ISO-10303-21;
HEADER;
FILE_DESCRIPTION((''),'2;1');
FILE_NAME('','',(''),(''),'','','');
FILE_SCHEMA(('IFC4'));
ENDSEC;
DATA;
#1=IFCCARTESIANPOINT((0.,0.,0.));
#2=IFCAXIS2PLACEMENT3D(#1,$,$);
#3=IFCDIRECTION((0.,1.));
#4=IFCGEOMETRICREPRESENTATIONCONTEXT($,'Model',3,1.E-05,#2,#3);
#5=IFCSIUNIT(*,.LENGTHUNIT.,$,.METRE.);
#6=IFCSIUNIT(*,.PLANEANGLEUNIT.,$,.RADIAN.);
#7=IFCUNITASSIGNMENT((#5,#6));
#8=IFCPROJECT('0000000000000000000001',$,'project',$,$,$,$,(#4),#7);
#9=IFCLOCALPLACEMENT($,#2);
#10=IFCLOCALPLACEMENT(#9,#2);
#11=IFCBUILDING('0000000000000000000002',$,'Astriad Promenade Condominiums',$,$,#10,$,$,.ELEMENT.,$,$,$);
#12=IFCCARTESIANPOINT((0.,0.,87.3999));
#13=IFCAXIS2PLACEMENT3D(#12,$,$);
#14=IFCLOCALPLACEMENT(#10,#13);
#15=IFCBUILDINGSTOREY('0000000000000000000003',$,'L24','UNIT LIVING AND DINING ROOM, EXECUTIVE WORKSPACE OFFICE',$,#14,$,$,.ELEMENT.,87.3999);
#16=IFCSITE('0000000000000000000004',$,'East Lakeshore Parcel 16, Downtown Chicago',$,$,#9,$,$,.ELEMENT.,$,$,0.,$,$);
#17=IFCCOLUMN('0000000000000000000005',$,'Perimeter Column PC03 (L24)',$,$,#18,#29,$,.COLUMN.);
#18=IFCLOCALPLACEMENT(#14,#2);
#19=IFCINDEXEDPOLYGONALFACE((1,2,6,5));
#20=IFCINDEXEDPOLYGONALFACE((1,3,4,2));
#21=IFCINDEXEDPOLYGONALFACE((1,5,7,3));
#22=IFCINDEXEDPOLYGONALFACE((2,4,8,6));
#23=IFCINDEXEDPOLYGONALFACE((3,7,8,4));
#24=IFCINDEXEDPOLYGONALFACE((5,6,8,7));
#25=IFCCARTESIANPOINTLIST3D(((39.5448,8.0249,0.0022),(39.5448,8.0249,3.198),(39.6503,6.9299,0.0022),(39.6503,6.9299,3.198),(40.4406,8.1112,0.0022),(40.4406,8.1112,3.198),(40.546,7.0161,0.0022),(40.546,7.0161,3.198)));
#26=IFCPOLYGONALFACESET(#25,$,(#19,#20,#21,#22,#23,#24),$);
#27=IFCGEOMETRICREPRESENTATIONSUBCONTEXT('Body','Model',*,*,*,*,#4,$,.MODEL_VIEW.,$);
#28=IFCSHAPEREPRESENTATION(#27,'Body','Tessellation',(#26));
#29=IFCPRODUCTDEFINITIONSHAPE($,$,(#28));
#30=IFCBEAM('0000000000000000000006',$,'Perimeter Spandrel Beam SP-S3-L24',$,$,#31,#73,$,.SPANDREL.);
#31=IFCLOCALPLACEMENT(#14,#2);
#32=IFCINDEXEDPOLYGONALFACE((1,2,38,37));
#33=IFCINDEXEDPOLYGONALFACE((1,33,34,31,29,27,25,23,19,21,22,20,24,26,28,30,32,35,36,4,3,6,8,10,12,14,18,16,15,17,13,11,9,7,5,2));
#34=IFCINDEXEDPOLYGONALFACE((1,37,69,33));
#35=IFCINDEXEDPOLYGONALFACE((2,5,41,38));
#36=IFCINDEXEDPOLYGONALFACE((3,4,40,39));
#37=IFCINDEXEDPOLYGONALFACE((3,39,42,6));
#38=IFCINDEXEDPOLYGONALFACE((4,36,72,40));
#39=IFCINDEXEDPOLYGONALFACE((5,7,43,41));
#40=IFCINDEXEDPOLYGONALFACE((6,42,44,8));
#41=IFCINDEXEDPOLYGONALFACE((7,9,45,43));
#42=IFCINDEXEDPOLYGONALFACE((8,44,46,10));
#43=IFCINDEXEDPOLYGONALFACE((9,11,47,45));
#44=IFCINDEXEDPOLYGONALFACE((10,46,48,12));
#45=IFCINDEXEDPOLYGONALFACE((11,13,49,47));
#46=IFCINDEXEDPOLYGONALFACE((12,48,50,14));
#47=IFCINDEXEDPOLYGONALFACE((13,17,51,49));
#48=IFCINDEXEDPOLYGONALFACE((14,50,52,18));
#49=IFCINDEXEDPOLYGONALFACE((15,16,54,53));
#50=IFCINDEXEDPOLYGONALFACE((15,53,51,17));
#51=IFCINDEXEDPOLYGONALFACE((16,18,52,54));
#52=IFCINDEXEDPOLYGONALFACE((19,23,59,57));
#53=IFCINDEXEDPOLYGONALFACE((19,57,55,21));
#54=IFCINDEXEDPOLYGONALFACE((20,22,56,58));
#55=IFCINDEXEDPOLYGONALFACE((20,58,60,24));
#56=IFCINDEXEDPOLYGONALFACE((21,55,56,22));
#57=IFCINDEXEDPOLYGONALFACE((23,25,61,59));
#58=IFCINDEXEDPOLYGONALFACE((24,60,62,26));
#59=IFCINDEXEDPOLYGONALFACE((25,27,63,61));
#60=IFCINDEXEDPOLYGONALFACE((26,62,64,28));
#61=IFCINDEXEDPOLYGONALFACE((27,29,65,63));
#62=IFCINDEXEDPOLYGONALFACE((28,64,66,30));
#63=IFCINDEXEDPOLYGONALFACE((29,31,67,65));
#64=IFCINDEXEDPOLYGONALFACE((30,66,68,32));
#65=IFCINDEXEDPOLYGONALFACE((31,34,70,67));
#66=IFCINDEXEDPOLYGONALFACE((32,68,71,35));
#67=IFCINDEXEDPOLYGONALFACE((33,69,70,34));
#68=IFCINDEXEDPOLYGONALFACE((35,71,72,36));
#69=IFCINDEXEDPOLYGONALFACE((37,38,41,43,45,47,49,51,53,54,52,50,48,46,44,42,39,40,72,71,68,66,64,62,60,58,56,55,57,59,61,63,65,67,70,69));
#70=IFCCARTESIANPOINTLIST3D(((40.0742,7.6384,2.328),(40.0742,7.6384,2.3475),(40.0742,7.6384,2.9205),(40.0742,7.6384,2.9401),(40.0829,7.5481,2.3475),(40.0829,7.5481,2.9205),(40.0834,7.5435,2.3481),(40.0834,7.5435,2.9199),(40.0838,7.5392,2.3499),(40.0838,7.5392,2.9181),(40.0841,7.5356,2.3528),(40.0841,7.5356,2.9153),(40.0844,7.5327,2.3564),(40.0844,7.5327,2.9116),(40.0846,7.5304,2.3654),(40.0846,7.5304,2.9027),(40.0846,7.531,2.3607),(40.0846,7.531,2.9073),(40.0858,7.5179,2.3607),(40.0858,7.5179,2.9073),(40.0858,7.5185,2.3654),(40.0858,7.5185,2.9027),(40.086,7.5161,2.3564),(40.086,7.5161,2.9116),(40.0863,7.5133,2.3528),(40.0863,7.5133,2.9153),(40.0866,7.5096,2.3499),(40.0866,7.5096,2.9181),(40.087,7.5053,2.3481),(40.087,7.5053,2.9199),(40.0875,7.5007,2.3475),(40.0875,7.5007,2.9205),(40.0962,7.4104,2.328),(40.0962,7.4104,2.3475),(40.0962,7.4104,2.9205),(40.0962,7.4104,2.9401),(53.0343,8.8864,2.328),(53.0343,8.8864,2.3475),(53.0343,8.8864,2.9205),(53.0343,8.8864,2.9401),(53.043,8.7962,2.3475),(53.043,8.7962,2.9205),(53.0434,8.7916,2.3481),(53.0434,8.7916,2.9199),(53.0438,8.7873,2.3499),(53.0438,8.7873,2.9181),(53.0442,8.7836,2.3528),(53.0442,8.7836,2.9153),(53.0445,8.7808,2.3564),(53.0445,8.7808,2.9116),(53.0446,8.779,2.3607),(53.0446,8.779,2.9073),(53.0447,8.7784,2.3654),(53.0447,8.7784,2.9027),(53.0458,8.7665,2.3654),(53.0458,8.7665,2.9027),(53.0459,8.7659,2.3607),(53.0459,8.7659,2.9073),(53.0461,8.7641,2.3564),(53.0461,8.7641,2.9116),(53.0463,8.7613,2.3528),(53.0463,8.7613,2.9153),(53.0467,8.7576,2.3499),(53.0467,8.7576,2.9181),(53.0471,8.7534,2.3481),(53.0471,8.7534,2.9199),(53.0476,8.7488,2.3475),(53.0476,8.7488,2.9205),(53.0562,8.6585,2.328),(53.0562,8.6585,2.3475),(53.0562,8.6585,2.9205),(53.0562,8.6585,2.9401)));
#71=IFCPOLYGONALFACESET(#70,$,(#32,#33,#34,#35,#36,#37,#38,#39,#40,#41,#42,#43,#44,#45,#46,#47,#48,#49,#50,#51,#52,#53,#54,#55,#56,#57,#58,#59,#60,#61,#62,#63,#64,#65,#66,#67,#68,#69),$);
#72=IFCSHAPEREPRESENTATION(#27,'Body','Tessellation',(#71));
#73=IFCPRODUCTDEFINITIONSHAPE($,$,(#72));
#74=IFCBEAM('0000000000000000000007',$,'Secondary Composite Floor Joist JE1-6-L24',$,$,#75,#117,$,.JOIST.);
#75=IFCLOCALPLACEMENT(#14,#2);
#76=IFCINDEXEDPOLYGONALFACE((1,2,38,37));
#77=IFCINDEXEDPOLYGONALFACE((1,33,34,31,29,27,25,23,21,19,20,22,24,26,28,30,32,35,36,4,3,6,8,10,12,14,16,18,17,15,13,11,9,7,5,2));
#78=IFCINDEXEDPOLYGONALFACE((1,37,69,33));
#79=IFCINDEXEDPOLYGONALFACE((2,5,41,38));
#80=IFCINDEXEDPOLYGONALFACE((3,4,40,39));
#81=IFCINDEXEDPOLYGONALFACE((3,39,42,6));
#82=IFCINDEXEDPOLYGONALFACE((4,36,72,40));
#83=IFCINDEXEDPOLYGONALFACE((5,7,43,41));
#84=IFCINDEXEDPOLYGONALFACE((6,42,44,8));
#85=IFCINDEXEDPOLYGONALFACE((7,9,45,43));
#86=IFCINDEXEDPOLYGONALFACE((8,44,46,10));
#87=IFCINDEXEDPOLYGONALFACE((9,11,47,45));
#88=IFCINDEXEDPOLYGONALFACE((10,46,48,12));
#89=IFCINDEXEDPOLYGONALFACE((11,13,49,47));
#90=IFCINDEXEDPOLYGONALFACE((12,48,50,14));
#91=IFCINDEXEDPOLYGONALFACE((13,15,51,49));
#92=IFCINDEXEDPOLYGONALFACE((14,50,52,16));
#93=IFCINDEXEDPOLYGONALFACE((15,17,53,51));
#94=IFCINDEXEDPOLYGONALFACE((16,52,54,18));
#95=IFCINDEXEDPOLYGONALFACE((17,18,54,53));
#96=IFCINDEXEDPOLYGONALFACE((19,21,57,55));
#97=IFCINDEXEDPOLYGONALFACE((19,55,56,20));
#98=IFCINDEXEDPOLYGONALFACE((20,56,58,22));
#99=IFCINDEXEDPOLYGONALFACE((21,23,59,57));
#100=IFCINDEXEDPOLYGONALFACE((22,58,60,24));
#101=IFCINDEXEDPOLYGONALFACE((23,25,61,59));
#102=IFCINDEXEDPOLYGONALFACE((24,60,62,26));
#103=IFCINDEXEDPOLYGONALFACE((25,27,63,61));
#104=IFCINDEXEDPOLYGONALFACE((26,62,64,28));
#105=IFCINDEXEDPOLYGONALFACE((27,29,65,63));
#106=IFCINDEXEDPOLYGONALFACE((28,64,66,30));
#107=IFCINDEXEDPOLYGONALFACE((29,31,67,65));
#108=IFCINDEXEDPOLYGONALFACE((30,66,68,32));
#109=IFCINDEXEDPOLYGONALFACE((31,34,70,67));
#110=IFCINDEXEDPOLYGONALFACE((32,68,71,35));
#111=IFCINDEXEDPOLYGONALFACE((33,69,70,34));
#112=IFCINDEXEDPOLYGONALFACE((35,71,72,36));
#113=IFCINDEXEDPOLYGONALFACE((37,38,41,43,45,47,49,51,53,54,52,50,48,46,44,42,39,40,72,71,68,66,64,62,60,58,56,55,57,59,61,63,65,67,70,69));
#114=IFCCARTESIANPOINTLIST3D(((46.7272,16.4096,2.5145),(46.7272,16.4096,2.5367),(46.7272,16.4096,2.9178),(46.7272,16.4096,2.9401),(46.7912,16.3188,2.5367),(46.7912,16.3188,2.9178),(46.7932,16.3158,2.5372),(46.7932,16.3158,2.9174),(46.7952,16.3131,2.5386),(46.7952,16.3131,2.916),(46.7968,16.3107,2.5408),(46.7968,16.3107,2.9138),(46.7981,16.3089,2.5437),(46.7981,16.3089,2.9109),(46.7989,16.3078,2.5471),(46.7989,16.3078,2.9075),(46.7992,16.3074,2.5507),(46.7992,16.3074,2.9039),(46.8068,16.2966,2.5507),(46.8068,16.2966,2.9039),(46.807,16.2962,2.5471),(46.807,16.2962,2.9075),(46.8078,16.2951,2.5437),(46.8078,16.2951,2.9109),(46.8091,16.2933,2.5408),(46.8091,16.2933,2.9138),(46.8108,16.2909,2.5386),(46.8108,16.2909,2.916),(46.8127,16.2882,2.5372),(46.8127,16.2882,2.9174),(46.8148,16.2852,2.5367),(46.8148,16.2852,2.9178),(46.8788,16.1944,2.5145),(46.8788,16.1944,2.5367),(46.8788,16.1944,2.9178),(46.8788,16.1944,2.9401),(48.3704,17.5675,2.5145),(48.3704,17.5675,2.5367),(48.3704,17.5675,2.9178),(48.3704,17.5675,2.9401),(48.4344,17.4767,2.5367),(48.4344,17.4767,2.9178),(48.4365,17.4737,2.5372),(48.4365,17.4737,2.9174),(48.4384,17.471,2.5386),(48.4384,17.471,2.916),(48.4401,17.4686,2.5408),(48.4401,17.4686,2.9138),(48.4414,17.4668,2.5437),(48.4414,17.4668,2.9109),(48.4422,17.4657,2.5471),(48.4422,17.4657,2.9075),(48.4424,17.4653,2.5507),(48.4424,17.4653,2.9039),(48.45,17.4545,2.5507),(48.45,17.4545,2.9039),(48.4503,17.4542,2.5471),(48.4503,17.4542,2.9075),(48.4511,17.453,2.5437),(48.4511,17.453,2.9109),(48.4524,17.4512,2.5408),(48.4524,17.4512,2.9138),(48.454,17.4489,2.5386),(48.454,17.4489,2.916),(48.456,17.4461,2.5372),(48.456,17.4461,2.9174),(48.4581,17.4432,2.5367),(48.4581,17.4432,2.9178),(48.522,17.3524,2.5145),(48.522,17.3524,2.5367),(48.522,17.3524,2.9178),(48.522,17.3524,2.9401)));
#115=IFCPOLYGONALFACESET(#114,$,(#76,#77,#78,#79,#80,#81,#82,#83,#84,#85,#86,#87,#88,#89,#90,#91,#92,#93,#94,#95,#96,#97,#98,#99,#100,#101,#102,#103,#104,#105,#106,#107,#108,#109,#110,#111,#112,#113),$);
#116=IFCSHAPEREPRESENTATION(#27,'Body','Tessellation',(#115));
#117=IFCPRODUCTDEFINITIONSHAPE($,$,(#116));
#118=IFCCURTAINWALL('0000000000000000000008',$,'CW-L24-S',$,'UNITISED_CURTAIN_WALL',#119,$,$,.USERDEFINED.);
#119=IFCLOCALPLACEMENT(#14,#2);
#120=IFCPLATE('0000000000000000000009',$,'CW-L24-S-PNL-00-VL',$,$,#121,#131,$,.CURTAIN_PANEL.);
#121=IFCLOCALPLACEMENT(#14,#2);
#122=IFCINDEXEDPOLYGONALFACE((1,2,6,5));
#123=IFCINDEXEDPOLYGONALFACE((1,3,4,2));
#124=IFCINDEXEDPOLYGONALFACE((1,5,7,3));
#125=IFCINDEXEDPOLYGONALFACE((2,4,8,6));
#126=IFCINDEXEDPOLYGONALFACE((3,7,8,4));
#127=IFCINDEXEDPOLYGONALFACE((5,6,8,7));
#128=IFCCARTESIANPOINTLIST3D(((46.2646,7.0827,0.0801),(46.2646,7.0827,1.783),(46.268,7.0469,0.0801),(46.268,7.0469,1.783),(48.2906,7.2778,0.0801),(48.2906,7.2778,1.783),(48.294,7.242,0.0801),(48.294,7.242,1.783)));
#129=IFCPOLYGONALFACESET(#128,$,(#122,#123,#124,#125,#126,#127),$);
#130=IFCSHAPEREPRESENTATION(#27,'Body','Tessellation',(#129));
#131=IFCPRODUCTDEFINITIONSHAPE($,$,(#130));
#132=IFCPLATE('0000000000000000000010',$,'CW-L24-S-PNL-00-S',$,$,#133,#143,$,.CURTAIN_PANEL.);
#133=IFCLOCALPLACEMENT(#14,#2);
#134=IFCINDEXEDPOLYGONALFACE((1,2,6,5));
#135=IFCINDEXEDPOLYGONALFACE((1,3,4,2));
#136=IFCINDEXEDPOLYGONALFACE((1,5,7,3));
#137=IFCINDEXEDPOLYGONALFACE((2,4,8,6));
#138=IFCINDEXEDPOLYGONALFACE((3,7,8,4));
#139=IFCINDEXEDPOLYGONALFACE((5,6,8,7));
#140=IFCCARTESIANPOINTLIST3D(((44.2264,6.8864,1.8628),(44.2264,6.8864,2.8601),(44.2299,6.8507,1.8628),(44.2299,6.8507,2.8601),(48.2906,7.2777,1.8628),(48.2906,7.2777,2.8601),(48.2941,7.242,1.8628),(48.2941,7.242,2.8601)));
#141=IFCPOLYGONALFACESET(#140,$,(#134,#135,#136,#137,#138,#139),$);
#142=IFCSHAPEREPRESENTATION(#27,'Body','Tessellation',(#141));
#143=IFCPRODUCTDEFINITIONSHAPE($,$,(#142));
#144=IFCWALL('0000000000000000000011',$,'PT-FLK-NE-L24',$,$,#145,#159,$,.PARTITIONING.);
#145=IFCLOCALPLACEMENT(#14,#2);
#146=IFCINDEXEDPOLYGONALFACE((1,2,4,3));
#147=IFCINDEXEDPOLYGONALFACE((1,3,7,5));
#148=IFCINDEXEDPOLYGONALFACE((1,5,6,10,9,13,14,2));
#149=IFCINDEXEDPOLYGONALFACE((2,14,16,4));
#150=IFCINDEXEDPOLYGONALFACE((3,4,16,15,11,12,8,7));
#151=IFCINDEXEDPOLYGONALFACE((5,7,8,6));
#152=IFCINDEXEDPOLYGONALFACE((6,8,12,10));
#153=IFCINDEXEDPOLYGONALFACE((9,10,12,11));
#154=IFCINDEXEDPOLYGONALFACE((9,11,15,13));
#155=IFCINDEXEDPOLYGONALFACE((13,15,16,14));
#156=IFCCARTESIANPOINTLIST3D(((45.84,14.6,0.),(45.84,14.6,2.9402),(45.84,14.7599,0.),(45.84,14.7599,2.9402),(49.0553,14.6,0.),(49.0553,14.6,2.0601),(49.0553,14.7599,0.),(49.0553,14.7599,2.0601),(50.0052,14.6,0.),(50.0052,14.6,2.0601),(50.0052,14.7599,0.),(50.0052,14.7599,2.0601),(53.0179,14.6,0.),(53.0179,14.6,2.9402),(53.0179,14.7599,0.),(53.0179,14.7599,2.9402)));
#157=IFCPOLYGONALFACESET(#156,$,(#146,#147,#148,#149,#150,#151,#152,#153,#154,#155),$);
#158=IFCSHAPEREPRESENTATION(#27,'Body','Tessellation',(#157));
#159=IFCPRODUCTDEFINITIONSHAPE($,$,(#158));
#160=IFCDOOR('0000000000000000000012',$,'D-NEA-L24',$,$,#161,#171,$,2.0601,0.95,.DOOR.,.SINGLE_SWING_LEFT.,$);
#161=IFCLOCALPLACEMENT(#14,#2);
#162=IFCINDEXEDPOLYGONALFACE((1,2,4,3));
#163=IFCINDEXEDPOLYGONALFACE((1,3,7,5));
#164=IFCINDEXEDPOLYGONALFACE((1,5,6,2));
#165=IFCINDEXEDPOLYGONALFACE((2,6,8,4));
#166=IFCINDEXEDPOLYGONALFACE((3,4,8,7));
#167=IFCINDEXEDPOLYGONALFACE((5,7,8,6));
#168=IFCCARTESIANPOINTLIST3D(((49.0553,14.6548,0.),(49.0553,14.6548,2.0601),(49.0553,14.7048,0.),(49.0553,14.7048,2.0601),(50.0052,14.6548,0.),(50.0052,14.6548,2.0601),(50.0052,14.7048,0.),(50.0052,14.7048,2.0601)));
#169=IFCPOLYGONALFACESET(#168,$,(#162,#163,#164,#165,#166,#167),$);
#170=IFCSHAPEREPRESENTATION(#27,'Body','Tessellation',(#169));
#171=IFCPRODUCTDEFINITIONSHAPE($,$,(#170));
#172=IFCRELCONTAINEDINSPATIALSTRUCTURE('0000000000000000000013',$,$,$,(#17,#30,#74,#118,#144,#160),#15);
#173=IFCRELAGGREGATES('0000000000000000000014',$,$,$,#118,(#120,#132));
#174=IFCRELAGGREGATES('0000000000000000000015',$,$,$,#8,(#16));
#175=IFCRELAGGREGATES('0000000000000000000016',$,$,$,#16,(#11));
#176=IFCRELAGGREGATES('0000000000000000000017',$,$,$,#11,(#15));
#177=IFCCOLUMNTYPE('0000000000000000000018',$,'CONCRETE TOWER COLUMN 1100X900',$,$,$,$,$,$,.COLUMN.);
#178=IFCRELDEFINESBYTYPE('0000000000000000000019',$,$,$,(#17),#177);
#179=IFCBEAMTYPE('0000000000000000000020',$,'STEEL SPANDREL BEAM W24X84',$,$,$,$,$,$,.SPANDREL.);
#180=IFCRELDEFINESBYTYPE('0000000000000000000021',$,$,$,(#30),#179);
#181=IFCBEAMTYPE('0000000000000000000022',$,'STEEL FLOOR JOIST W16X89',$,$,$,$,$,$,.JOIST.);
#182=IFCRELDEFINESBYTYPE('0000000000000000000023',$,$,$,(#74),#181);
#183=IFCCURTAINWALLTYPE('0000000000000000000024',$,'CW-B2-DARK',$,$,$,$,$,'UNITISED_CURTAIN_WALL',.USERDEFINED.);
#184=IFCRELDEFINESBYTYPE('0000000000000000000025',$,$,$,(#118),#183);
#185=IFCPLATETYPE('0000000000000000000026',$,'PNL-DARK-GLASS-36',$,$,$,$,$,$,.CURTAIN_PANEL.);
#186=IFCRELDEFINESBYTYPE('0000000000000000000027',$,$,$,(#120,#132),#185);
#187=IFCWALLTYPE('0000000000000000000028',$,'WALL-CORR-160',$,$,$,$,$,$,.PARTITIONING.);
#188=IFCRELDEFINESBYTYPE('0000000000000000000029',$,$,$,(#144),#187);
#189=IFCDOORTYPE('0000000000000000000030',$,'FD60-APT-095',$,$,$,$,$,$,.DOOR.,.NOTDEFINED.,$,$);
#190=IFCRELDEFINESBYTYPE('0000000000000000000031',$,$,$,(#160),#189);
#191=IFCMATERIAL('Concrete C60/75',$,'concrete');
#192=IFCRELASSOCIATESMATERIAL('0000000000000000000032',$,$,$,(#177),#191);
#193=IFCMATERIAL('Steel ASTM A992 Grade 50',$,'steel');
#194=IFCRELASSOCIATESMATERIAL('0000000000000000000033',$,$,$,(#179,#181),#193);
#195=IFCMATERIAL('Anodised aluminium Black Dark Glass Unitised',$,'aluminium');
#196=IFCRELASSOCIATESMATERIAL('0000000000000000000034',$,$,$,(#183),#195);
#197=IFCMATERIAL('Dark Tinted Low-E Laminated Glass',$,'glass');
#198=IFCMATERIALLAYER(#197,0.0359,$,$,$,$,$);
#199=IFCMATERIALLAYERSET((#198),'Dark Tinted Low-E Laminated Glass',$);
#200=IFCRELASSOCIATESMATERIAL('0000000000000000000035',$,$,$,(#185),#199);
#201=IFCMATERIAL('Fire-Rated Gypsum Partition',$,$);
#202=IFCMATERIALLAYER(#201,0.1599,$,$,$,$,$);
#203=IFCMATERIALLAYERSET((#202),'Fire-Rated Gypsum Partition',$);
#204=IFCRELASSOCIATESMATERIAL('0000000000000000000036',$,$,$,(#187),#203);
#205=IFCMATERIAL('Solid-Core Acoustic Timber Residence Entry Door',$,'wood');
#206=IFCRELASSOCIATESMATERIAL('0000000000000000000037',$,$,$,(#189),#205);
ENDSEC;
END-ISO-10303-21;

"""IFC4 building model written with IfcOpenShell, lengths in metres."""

from ifc_helpers import new_model, si_unit, direction, frame, frame_2d, origin, origin_2d, place, context, subcontext, project, spatial, rectangle, i_section, extrude, source, transform, mapped, material, layer, layer_set, material_profile, profile_set, type_object, type_shapes, element, fill, aggregate, save


model = new_model("IFC4")

# Units and contexts
model_context = context("Model", 3, precision=1e-05, world=origin(), true_north=direction((0.0, 1.0)))
body_context = subcontext(model_context, "Body", "Model", "MODEL_VIEW")
ifc_project = project(units=[si_unit("LENGTHUNIT", "METRE"), si_unit("PLANEANGLEUNIT", "RADIAN")], contexts=[model_context])

# Site, building, storey
site_placement = place(None, origin())
site = spatial("IfcSite", under=ifc_project, at=site_placement, Name="East Lakeshore Parcel 16, Downtown Chicago", CompositionType="ELEMENT", RefElevation=0.0)
building_placement = place(site_placement, origin())
building = spatial("IfcBuilding", under=site, at=building_placement, Name="Astriad Promenade Condominiums", CompositionType="ELEMENT")
storey_placement = place(building_placement, frame((0.0, 0.0, 87.3999)))
storey = spatial("IfcBuildingStorey", under=building, at=storey_placement, Name="L24", Description="UNIT LIVING AND DINING ROOM, EXECUTIVE WORKSPACE OFFICE", CompositionType="ELEMENT", Elevation=87.3999)

# Column
ifc_material_1 = material(Name="Concrete C60/75", Category="concrete")
ifc_material_profile_1 = material_profile(ifc_material_1, rectangle(XDim=0.8999, YDim=1.1001, at=origin_2d()), Name="RC-COL-1100X900")
ifc_profile_set_1 = profile_set([ifc_material_profile_1], Name="Concrete C60/75")
column_type = type_object("IfcColumnType", Name="CONCRETE TOWER COLUMN 1100X900", PredefinedType="COLUMN", material=ifc_profile_set_1)
shared_shape_1 = source(origin(), body_context, "Body", "SweptSolid", [
    extrude(rectangle(XDim=0.8999, YDim=1.1001, at=origin_2d()), origin(), (0.0, 0.0, 1.0), 3.1958),
])
type_shapes(column_type, [shared_shape_1])
column_placement = place(storey_placement, frame((40.0454, 7.5205, 0.0022), z_axis=(0.0, 0.0, 1.0), x_axis=(0.995396, 0.095846, 0.0)))
element("IfcColumn", 1, at=column_placement, inside=storey, type_object=column_type, Name="Perimeter Column PC03 (L24)", PredefinedType="COLUMN", context=body_context, shape_type="MappedRepresentation", body=[
    mapped(shared_shape_1, transform((0.0, 0.0, 0.0), scale=1.0)),
])

# Beams
ifc_material_2 = material(Name="Steel ASTM A992 Grade 50", Category="steel")
ifc_material_profile_2 = material_profile(ifc_material_2, i_section(OverallWidth=0.229, OverallDepth=0.6121, WebThickness=0.012, FlangeThickness=0.0195, FilletRadius=0.0178, at=origin_2d()), Name="W24X84")
ifc_profile_set_2 = profile_set([ifc_material_profile_2], Name="Steel ASTM A992 Grade 50")
beam_type_1 = type_object("IfcBeamType", Name="STEEL SPANDREL BEAM W24X84", PredefinedType="SPANDREL", material=ifc_profile_set_2)
shared_shape_2 = source(origin(), body_context, "Body", "SweptSolid", [
    extrude(i_section(OverallWidth=0.229, OverallDepth=0.6121, WebThickness=0.012, FlangeThickness=0.0195, FilletRadius=0.0178, at=origin_2d()), origin(), (0.0, 0.0, 1.0), 13.02),
])
type_shapes(beam_type_1, [shared_shape_2])
beam_1_placement = place(storey_placement, frame((40.0852, 7.5244, 2.634), z_axis=(0.995395, 0.095857, 0.0), x_axis=(-0.095857, 0.995395, 0.0)))
element("IfcBeam", 2, at=beam_1_placement, inside=storey, type_object=beam_type_1, Name="Perimeter Spandrel Beam SP-S3-L24", PredefinedType="SPANDREL", context=body_context, shape_type="MappedRepresentation", body=[
    mapped(shared_shape_2, transform((0.0, 0.0, 0.0), scale=1.0)),
])
ifc_material_profile_3 = material_profile(ifc_material_2, i_section(OverallWidth=0.2632, OverallDepth=0.4255, WebThickness=0.0132, FlangeThickness=0.0222, FilletRadius=0.0139, at=origin_2d()), Name="W16X89")
ifc_profile_set_3 = profile_set([ifc_material_profile_3], Name="Steel ASTM A992 Grade 50")
beam_type_2 = type_object("IfcBeamType", Name="STEEL FLOOR JOIST W16X89", PredefinedType="JOIST", material=ifc_profile_set_3)
shared_shape_3 = source(origin(), body_context, "Body", "SweptSolid", [
    extrude(i_section(OverallWidth=0.2632, OverallDepth=0.4255, WebThickness=0.0132, FlangeThickness=0.0222, FilletRadius=0.0139, at=origin_2d()), origin(), (0.0, 0.0, 1.0), 2.0103),
])
type_shapes(beam_type_2, [shared_shape_3])
beam_2_placement = place(storey_placement, frame((46.803, 16.302, 2.7273), z_axis=(0.817442, 0.576011, 0.0), x_axis=(-0.576011, 0.817442, 0.0)))
element("IfcBeam", 3, at=beam_2_placement, inside=storey, type_object=beam_type_2, Name="Secondary Composite Floor Joist JE1-6-L24", PredefinedType="JOIST", context=body_context, shape_type="MappedRepresentation", body=[
    mapped(shared_shape_3, transform((0.0, 0.0, 0.0), scale=1.0)),
])

# Curtain wall, plates
ifc_material_3 = material(Name="Anodised aluminium Black Dark Glass Unitised", Category="aluminium")
curtain_wall_type = type_object("IfcCurtainWallType", Name="CW-B2-DARK", ElementType="UNITISED_CURTAIN_WALL", PredefinedType="USERDEFINED", material=ifc_material_3)
curtain_wall_placement = place(storey_placement, origin())
curtain_wall = element("IfcCurtainWall", 4, at=curtain_wall_placement, inside=storey, type_object=curtain_wall_type, Name="CW-L24-S", ObjectType="UNITISED_CURTAIN_WALL", PredefinedType="USERDEFINED")
ifc_material_4 = material(Name="Dark Tinted Low-E Laminated Glass", Category="glass")
ifc_layer_1 = layer(ifc_material_4, 0.0359)
ifc_layer_set_1 = layer_set([ifc_layer_1], Name="Dark Tinted Low-E Laminated Glass")
plate_type = type_object("IfcPlateType", Name="PNL-DARK-GLASS-36", PredefinedType="CURTAIN_PANEL", material=ifc_layer_set_1)
shared_shape_4 = source(origin(), body_context, "Body", "SweptSolid", [
    extrude(rectangle(XDim=2.0354, YDim=0.0359, at=origin_2d()), origin(), (0.0, 0.0, 1.0), 1.7029),
])
plate_1_placement = place(storey_placement, frame((47.2793, 7.1624, 0.0801), z_axis=(0.0, 0.0, 1.0), x_axis=(-0.995396, -0.095846, 0.0)))
plate_1 = element("IfcPlate", 5, at=plate_1_placement, type_object=plate_type, Name="CW-L24-S-PNL-00-VL", PredefinedType="CURTAIN_PANEL", context=body_context, shape_type="MappedRepresentation", body=[
    mapped(shared_shape_4, transform((0.0, 0.0, 0.0), scale=1.0)),
])
shared_shape_5 = source(origin(), body_context, "Body", "SweptSolid", [
    extrude(rectangle(XDim=4.083, YDim=0.0359, at=origin_2d()), origin(), (0.0, 0.0, 1.0), 0.9973),
])
type_shapes(plate_type, [shared_shape_4, shared_shape_5])
plate_2_placement = place(storey_placement, frame((46.2603, 7.0642, 1.8628), z_axis=(0.0, 0.0, 1.0), x_axis=(-0.995396, -0.095846, 0.0)))
plate_2 = element("IfcPlate", 6, at=plate_2_placement, type_object=plate_type, Name="CW-L24-S-PNL-00-S", PredefinedType="CURTAIN_PANEL", context=body_context, shape_type="MappedRepresentation", body=[
    mapped(shared_shape_5, transform((0.0, 0.0, 0.0), scale=1.0)),
])
aggregate(curtain_wall, [plate_1, plate_2])

# Wall, opening, door
ifc_material_5 = material(Name="Fire-Rated Gypsum Partition")
ifc_layer_2 = layer(ifc_material_5, 0.1599)
ifc_layer_set_2 = layer_set([ifc_layer_2], Name="Fire-Rated Gypsum Partition")
wall_type_1 = type_object("IfcWallType", Name="WALL-CORR-160", PredefinedType="PARTITIONING", material=ifc_layer_set_2)
wall_1_placement = place(storey_placement, frame((45.8401, 14.6799, 0.0), z_axis=(0.0, 0.0, 1.0), x_axis=(1.0, 0.0, 0.0)))
wall_1 = element("IfcWall", 7, at=wall_1_placement, inside=storey, type_object=wall_type_1, Name="PT-FLK-NE-L24", PredefinedType="PARTITIONING", context=body_context, shape_type="SweptSolid", body=[
    extrude(rectangle(XDim=7.178, YDim=0.1599, at=frame_2d((3.5889, 0.0))), origin(), (0.0, 0.0, 1.0), 2.9402),
])
opening_1_placement = place(wall_1_placement, frame((3.2151, 0.0, 0.0)))
opening_1 = element("IfcOpeningElement", 8, at=opening_1_placement, cuts=wall_1, PredefinedType="OPENING", context=body_context, shape_type="SweptSolid", body=[
    extrude(rectangle(XDim=0.95, YDim=2.0601, at=frame_2d((0.4751, 1.03))), frame((0.0, 0.0898, 0.0), z_axis=(0.0, -1.0, 0.0), x_axis=(1.0, 0.0, 0.0)), (0.0, 0.0, 1.0), 0.1799),
])
ifc_material_6 = material(Name="Solid-Core Acoustic Timber Residence Entry Door", Category="wood")
door_type_1 = type_object("IfcDoorType", Name="FD60-APT-095", OperationType="NOTDEFINED", PredefinedType="DOOR", material=ifc_material_6)
shared_shape_6 = source(origin(), body_context, "Body", "SweptSolid", [
    extrude(rectangle(XDim=0.95, YDim=2.0601, at=frame_2d((0.4751, 1.03))), frame((0.0, 0.0249, 0.0), z_axis=(0.0, -1.0, 0.0), x_axis=(1.0, 0.0, 0.0)), (0.0, 0.0, 1.0), 0.05),
])
type_shapes(door_type_1, [shared_shape_6])
door_1_placement = place(opening_1_placement, origin())
door_1 = element("IfcDoor", 9, at=door_1_placement, inside=storey, type_object=door_type_1, Name="D-NEA-L24", OperationType="SINGLE_SWING_LEFT", OverallHeight=2.0601, OverallWidth=0.95, PredefinedType="DOOR", context=body_context, shape_type="MappedRepresentation", body=[
    mapped(shared_shape_6, transform((0.0, 0.0, 0.0), scale=1.0)),
])
fill(opening_1, door_1)

save(model, "model.ifc")
